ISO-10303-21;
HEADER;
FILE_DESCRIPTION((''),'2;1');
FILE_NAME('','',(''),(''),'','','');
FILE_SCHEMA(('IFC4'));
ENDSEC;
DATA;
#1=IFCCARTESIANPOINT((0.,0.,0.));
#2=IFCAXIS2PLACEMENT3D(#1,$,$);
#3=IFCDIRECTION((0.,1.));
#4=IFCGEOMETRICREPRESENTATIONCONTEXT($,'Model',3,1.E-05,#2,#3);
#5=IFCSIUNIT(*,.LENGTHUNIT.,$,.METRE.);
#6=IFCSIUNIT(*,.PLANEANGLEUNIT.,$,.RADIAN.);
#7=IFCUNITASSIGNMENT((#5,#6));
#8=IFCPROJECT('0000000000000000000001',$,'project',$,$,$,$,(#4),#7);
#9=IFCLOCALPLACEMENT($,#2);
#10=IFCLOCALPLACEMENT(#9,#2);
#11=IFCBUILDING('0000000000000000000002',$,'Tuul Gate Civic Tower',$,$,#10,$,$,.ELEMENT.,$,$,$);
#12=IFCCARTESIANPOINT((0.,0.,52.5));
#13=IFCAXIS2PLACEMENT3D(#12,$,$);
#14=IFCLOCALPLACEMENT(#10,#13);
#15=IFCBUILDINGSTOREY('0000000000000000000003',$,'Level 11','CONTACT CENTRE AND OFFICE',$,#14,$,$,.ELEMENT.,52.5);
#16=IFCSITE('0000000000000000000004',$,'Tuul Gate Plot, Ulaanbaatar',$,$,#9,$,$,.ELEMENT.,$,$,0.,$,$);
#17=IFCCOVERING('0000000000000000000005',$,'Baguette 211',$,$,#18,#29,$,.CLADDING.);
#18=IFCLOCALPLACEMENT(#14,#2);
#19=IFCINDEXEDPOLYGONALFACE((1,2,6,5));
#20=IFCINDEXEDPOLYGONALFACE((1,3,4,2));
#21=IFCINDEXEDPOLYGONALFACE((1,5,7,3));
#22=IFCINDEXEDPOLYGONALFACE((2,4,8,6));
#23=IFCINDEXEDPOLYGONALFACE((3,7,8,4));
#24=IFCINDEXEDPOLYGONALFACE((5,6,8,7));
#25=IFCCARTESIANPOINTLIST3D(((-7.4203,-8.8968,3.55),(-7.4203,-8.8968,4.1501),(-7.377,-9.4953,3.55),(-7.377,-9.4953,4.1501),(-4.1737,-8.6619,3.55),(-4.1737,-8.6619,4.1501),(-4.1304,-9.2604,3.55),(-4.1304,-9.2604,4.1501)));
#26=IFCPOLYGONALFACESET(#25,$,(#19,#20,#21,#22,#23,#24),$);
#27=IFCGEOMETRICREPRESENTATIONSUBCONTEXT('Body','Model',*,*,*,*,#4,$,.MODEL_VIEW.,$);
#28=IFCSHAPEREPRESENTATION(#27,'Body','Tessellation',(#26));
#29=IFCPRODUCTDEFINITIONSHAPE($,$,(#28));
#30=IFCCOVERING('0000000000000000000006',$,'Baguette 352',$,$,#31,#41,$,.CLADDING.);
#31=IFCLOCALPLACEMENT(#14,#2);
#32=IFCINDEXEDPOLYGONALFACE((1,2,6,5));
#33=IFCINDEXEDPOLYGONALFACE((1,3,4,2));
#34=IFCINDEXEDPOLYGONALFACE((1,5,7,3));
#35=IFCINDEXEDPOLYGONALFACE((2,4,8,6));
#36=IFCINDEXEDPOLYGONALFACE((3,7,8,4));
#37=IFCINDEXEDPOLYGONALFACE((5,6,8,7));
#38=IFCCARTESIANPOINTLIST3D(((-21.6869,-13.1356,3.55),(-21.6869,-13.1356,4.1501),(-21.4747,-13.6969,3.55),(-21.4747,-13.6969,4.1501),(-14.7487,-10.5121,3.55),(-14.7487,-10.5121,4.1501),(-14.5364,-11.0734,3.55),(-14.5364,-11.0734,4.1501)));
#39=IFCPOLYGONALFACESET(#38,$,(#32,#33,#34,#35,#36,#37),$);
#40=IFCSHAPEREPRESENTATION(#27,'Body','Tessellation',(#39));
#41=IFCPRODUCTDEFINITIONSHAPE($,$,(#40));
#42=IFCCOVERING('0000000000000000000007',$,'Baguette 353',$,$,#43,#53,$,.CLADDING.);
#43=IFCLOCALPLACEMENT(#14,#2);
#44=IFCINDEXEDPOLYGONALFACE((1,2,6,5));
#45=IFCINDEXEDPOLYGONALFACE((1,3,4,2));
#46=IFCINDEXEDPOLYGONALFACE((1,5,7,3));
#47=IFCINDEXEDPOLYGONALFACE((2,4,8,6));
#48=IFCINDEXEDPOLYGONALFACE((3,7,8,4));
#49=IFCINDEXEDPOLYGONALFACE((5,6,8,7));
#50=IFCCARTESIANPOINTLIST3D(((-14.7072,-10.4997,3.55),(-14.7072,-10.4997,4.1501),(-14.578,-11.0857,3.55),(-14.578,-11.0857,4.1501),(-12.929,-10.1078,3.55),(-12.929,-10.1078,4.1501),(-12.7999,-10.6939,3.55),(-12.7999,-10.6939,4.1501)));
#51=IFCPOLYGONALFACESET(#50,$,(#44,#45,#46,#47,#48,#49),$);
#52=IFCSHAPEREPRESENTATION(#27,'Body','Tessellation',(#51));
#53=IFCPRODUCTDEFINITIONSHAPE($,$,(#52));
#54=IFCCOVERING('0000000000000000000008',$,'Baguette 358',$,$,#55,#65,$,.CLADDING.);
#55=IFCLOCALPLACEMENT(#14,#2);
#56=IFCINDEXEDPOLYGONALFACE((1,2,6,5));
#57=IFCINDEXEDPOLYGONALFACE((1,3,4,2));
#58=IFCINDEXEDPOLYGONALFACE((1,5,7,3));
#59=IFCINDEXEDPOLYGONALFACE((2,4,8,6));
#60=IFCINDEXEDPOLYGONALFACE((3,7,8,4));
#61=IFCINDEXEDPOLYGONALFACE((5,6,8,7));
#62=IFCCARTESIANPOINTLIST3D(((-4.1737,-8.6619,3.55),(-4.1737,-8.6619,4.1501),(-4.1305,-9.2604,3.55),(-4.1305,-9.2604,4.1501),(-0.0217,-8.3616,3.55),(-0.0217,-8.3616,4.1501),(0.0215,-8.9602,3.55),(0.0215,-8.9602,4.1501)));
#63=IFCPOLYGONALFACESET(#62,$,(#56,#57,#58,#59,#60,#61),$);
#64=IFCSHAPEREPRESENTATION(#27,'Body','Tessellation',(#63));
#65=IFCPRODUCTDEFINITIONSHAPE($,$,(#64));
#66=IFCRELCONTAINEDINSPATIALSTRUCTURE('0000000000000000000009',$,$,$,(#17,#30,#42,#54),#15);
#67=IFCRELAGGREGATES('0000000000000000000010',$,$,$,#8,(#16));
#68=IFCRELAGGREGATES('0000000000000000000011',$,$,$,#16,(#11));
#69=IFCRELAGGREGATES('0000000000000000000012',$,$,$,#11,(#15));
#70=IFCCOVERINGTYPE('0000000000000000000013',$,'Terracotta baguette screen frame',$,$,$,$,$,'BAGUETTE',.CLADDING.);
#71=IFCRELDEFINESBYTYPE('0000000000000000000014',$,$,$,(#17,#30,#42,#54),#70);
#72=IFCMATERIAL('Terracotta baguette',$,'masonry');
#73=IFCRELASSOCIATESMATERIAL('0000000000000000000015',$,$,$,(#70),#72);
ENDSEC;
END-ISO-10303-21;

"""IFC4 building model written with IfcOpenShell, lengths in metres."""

from ifc_helpers import new_model, si_unit, direction, frame, origin, origin_2d, place, context, subcontext, project, spatial, rectangle, extrude, material, material_profile, profile_set, type_object, element, save


model = new_model("IFC4")

# Units and contexts
model_context = context("Model", 3, precision=1e-05, world=origin(), true_north=direction((0.0, 1.0)))
body_context = subcontext(model_context, "Body", "Model", "MODEL_VIEW")
ifc_project = project(units=[si_unit("LENGTHUNIT", "METRE"), si_unit("PLANEANGLEUNIT", "RADIAN")], contexts=[model_context])

# Site, building, storey
site_placement = place(None, origin())
site = spatial("IfcSite", under=ifc_project, at=site_placement, Name="Tuul Gate Plot, Ulaanbaatar", CompositionType="ELEMENT", RefElevation=0.0)
building_placement = place(site_placement, origin())
building = spatial("IfcBuilding", under=site, at=building_placement, Name="Tuul Gate Civic Tower", CompositionType="ELEMENT")
storey_placement = place(building_placement, frame((0.0, 0.0, 52.5)))
storey = spatial("IfcBuildingStorey", under=building, at=storey_placement, Name="Level 11", Description="CONTACT CENTRE AND OFFICE", CompositionType="ELEMENT", Elevation=52.5)

# Coverings
ifc_material_1 = material(Name="Terracotta baguette", Category="masonry")
ifc_material_profile_1 = material_profile(ifc_material_1, rectangle(XDim=0.6001, YDim=0.6001, at=origin_2d()), Name="Terracotta baguette screen frame")
ifc_profile_set_1 = profile_set([ifc_material_profile_1], Name="Terracotta baguette")
covering_type = type_object("IfcCoveringType", Name="Terracotta baguette screen frame", ElementType="BAGUETTE", PredefinedType="CLADDING", material=ifc_profile_set_1)
covering_1_placement = place(storey_placement, frame((-7.3987, -9.196, 3.8501), z_axis=(0.997394, 0.072153, 0.0), x_axis=(-0.072153, 0.997394, 0.0)))
element("IfcCovering", 1, at=covering_1_placement, inside=storey, type_object=covering_type, Name="Baguette 211", PredefinedType="CLADDING", context=body_context, shape_type="SweptSolid", body=[
    extrude(rectangle(XDim=0.6001, YDim=0.6001, at=origin_2d()), origin(), (0.0, 0.0, 1.0), 3.2551),
])
covering_2_placement = place(storey_placement, frame((-21.5808, -13.4163, 3.8501), z_axis=(0.935364, 0.353687, 0.0), x_axis=(-0.353687, 0.935364, 0.0)))
element("IfcCovering", 2, at=covering_2_placement, inside=storey, type_object=covering_type, Name="Baguette 352", PredefinedType="CLADDING", context=body_context, shape_type="SweptSolid", body=[
    extrude(rectangle(XDim=0.6001, YDim=0.6001, at=origin_2d()), origin(), (0.0, 0.0, 1.0), 7.4177),
])
covering_3_placement = place(storey_placement, frame((-14.6426, -10.7927, 3.8501), z_axis=(0.976567, 0.215212, 0.0), x_axis=(-0.215212, 0.976567, 0.0)))
element("IfcCovering", 3, at=covering_3_placement, inside=storey, type_object=covering_type, Name="Baguette 353", PredefinedType="CLADDING", context=body_context, shape_type="SweptSolid", body=[
    extrude(rectangle(XDim=0.6001, YDim=0.6001, at=origin_2d()), origin(), (0.0, 0.0, 1.0), 1.8208),
])
covering_4_placement = place(storey_placement, frame((-4.1521, -8.9612, 3.8501), z_axis=(0.997395, 0.072135, 0.0), x_axis=(-0.072135, 0.997395, 0.0)))
element("IfcCovering", 4, at=covering_4_placement, inside=storey, type_object=covering_type, Name="Baguette 358", PredefinedType="CLADDING", context=body_context, shape_type="SweptSolid", body=[
    extrude(rectangle(XDim=0.6001, YDim=0.6001, at=origin_2d()), origin(), (0.0, 0.0, 1.0), 4.1628),
])

save(model, "model.ifc")
